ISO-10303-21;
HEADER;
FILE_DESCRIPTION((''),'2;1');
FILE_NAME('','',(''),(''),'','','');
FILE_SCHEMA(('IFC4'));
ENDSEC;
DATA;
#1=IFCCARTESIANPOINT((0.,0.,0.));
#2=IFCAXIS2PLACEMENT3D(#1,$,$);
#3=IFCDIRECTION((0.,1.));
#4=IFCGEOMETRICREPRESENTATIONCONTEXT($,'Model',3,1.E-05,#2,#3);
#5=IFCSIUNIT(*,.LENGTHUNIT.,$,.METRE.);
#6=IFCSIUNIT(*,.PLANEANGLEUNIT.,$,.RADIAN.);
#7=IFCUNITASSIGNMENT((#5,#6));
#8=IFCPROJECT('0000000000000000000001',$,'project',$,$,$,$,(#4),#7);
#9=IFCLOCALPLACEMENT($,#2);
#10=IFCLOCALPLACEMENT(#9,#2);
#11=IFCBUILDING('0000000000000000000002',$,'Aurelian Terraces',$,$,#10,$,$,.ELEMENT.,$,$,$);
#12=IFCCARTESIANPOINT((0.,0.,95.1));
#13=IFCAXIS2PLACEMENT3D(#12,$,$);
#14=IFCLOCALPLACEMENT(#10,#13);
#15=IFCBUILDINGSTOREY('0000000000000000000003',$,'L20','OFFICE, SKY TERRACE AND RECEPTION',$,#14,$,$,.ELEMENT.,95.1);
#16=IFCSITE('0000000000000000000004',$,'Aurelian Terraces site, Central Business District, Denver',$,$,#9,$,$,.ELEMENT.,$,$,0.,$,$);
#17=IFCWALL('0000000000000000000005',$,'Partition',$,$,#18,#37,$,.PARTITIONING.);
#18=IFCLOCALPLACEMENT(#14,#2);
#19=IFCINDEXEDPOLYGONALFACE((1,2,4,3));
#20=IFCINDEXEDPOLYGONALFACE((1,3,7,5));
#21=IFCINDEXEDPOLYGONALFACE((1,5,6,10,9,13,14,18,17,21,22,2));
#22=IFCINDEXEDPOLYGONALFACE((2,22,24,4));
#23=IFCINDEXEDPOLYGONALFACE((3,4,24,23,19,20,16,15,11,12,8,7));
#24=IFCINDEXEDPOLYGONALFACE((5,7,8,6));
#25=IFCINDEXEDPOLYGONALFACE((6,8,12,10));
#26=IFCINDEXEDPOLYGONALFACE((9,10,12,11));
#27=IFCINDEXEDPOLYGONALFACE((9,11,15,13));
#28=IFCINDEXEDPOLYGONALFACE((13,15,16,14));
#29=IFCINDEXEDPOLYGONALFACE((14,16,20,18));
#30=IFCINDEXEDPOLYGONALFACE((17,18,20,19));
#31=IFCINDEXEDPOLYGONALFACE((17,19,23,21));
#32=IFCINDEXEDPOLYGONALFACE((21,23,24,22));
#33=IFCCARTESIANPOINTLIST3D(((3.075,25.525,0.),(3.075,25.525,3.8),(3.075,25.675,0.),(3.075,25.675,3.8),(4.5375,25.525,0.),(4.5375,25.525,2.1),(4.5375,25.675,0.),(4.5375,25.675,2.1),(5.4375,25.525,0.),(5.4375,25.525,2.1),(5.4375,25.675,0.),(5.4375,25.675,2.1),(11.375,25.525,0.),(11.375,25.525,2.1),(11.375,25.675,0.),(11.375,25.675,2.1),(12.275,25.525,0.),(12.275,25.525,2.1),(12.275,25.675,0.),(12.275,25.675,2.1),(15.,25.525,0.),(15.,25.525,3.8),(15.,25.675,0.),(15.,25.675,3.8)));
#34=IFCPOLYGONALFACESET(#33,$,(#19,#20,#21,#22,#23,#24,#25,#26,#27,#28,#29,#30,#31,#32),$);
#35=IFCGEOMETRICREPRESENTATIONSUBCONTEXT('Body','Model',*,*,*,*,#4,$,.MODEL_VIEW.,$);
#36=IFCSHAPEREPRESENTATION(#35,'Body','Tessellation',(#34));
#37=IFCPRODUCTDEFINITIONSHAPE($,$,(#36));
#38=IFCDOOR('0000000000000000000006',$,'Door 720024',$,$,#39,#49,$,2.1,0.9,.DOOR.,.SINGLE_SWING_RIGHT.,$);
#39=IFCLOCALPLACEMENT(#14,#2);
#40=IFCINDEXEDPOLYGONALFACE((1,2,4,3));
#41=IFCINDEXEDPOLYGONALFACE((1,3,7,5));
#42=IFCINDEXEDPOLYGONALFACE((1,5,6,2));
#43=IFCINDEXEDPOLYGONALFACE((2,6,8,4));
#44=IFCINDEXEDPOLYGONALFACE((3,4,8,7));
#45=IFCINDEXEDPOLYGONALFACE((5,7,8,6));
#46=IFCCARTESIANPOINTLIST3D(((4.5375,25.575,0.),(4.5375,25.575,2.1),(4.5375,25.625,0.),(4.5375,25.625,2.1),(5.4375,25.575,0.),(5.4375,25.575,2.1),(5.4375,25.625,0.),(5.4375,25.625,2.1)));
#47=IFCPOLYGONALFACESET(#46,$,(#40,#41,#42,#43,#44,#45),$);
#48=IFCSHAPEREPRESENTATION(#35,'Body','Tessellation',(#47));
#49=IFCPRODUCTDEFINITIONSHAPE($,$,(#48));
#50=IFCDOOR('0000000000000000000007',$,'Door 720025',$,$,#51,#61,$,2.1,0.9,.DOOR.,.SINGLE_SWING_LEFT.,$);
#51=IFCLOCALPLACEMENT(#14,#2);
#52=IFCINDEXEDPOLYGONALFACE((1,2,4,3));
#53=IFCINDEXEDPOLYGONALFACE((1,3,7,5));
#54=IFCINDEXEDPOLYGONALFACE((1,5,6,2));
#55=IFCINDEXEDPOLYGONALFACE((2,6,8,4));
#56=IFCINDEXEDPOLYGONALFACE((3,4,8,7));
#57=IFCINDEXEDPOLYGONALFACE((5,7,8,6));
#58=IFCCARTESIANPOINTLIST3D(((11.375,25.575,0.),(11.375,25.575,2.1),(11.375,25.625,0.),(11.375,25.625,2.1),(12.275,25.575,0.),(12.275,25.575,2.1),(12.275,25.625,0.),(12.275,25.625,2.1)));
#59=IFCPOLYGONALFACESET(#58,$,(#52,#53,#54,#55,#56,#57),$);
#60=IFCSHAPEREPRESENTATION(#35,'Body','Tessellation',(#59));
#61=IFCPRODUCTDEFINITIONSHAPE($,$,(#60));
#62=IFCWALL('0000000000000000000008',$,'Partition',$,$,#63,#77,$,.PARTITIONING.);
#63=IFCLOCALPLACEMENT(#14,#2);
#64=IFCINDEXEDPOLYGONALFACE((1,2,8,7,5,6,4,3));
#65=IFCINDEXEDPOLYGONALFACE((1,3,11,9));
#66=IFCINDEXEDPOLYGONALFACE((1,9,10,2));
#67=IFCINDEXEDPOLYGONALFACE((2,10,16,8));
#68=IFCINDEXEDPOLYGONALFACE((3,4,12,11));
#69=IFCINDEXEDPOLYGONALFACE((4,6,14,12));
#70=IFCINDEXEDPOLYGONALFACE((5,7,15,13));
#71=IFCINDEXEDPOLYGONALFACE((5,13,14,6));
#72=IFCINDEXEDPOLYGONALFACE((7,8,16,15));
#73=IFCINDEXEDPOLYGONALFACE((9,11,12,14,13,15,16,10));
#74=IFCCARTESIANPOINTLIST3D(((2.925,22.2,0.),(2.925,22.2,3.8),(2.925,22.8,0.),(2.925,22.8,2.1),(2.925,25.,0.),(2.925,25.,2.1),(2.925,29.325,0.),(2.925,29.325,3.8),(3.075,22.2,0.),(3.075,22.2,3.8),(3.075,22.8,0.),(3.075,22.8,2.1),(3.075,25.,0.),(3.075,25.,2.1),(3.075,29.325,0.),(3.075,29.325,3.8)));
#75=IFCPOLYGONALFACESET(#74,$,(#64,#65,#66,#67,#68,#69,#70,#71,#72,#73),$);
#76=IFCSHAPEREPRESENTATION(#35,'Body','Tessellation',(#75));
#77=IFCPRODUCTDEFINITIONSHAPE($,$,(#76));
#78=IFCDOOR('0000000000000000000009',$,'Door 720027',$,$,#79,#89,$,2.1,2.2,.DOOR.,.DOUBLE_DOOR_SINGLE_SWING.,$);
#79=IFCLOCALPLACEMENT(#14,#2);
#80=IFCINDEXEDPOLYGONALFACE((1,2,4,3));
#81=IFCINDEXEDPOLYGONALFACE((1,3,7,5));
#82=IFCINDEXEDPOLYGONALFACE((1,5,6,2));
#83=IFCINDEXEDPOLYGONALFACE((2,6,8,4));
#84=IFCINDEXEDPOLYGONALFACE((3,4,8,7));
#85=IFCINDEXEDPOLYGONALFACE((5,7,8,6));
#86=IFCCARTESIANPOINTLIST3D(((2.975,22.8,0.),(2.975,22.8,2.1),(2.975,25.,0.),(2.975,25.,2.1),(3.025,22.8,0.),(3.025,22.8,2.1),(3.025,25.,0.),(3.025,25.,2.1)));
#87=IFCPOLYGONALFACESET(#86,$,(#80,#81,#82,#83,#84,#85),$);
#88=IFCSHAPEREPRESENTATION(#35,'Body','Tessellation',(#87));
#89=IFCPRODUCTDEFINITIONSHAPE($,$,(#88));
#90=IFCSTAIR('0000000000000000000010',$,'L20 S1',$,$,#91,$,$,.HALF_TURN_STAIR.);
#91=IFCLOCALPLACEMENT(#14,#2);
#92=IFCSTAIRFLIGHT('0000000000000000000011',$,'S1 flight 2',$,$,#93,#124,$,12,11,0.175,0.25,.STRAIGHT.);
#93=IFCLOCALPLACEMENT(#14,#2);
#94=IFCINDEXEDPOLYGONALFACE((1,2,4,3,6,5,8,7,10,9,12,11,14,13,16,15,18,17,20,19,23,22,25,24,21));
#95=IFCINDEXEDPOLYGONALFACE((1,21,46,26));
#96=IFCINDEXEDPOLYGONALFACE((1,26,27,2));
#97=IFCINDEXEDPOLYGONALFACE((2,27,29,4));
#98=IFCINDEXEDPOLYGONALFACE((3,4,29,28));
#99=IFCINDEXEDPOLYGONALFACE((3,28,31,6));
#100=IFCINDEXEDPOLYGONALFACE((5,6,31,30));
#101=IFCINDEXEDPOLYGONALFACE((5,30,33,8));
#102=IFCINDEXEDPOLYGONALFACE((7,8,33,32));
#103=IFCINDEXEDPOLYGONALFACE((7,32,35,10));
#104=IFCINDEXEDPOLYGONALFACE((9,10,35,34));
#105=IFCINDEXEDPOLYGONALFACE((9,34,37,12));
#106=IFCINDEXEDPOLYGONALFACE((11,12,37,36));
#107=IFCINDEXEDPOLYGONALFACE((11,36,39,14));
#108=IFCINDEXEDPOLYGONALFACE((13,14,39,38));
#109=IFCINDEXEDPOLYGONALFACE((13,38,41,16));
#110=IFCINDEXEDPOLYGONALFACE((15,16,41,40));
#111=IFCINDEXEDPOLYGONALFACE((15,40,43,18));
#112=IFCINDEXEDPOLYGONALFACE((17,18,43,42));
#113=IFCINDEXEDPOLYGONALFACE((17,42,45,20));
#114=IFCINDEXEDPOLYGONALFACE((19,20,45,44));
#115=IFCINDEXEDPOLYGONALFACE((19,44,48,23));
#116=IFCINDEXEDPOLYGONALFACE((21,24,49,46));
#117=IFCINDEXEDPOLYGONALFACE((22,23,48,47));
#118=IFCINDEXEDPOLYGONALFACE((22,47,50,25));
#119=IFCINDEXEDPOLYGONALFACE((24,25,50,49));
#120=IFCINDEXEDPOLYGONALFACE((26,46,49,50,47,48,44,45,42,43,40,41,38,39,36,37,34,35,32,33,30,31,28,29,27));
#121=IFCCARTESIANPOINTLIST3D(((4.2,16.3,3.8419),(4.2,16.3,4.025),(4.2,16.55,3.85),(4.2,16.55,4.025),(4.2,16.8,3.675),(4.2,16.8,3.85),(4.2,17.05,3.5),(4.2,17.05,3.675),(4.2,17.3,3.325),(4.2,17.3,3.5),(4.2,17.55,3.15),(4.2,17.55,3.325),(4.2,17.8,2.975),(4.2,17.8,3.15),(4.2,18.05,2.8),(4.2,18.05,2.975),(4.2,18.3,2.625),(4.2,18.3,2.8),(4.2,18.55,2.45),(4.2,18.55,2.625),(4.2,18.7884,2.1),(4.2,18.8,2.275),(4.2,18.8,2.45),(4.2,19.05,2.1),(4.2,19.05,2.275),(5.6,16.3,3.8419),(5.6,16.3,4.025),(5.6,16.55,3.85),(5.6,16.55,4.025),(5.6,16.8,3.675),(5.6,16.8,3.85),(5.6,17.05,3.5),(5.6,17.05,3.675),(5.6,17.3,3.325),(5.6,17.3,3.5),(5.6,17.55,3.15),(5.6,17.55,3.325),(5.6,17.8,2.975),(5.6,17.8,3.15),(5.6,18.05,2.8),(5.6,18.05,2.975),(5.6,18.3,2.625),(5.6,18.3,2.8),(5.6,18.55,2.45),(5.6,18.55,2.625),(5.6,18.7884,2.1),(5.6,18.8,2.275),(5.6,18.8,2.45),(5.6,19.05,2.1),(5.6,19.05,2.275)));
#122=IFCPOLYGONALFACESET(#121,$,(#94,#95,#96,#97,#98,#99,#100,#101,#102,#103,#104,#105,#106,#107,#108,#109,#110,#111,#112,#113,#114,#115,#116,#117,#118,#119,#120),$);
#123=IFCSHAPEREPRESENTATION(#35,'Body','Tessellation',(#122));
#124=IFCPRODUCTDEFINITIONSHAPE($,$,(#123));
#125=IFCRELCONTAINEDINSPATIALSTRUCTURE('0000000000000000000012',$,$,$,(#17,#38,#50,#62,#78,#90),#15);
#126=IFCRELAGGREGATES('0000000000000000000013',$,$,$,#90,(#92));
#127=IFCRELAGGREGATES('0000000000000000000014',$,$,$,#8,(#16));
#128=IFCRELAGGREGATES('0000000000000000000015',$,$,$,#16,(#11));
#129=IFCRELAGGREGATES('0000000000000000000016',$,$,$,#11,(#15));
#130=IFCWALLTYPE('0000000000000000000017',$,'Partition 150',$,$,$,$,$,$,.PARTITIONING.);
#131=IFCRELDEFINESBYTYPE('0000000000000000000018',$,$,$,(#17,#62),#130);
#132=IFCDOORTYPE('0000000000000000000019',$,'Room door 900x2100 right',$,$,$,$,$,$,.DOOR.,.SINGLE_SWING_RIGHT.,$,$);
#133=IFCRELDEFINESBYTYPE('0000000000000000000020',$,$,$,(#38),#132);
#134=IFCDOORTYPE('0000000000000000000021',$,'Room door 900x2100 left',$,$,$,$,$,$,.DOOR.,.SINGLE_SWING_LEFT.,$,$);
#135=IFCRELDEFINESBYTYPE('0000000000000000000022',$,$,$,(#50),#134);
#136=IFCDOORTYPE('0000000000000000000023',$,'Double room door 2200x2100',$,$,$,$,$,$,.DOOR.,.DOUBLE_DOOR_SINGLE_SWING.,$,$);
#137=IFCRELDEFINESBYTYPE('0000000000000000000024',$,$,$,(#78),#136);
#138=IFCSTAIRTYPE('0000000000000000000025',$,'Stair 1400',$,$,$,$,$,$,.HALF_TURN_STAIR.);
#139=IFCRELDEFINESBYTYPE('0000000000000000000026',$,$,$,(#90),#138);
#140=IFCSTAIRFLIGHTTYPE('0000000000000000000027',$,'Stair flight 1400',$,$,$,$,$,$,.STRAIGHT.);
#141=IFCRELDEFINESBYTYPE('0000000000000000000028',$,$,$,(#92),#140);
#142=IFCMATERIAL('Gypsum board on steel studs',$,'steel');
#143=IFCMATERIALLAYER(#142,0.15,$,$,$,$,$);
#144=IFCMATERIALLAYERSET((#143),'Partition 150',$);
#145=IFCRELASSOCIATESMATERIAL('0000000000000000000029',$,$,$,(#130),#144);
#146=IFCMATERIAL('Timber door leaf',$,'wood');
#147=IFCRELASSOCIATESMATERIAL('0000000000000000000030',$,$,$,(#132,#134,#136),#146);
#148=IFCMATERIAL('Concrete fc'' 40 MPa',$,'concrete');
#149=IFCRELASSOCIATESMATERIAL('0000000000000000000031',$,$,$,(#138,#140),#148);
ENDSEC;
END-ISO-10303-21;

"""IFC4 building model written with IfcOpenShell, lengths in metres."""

from ifc_helpers import new_model, si_unit, direction, frame, frame_2d, origin, place, context, subcontext, project, spatial, polyline, rectangle, outline, extrude, source, transform, mapped, material, layer, layer_set, type_object, element, fill, aggregate, save


model = new_model("IFC4")

# Units and contexts
model_context = context("Model", 3, precision=1e-05, world=origin(), true_north=direction((0.0, 1.0)))
body_context = subcontext(model_context, "Body", "Model", "MODEL_VIEW")
ifc_project = project(units=[si_unit("LENGTHUNIT", "METRE"), si_unit("PLANEANGLEUNIT", "RADIAN")], contexts=[model_context])

# Site, building, storey
site_placement = place(None, origin())
site = spatial("IfcSite", under=ifc_project, at=site_placement, Name="Aurelian Terraces site, Central Business District, Denver", CompositionType="ELEMENT", RefElevation=0.0)
building_placement = place(site_placement, origin())
building = spatial("IfcBuilding", under=site, at=building_placement, Name="Aurelian Terraces", CompositionType="ELEMENT")
storey_placement = place(building_placement, frame((0.0, 0.0, 95.1)))
storey = spatial("IfcBuildingStorey", under=building, at=storey_placement, Name="L20", Description="OFFICE, SKY TERRACE AND RECEPTION", CompositionType="ELEMENT", Elevation=95.1)

# Wall, openings, doors
ifc_material_1 = material(Name="Gypsum board on steel studs", Category="steel")
ifc_layer_1 = layer(ifc_material_1, 0.15)
ifc_layer_set_1 = layer_set([ifc_layer_1], Name="Partition 150")
wall_type_1 = type_object("IfcWallType", Name="Partition 150", PredefinedType="PARTITIONING", material=ifc_layer_set_1)
shared_shape_1 = source(origin(), body_context, "Body", "SweptSolid", [
    extrude(rectangle(XDim=11.925, YDim=0.15, at=frame_2d((5.9625, 0.0))), origin(), (0.0, 0.0, 1.0), 3.8),
])
wall_1_placement = place(storey_placement, frame((3.075, 25.6, 0.0), z_axis=(0.0, 0.0, 1.0), x_axis=(1.0, 0.0, 0.0)))
wall_1 = element("IfcWall", 1, at=wall_1_placement, inside=storey, type_object=wall_type_1, Name="Partition", PredefinedType="PARTITIONING", context=body_context, shape_type="MappedRepresentation", body=[
    mapped(shared_shape_1, transform((0.0, 0.0, 0.0), scale=1.0)),
])
shared_shape_2 = source(origin(), body_context, "Body", "SweptSolid", [
    extrude(rectangle(XDim=0.9, YDim=2.1, at=frame_2d((0.45, 1.05))), frame((0.0, 0.085, 0.0), z_axis=(0.0, -1.0, 0.0), x_axis=(1.0, 0.0, 0.0)), (0.0, 0.0, 1.0), 0.17),
])
opening_1_placement = place(wall_1_placement, frame((1.4625, 0.0, 0.0)))
opening_1 = element("IfcOpeningElement", 2, at=opening_1_placement, cuts=wall_1, PredefinedType="OPENING", context=body_context, shape_type="MappedRepresentation", body=[
    mapped(shared_shape_2, transform((0.0, 0.0, 0.0), scale=1.0)),
])
opening_2_placement = place(wall_1_placement, frame((8.3, 0.0, 0.0)))
opening_2 = element("IfcOpeningElement", 3, at=opening_2_placement, cuts=wall_1, PredefinedType="OPENING", context=body_context, shape_type="MappedRepresentation", body=[
    mapped(shared_shape_2, transform((0.0, 0.0, 0.0), scale=1.0)),
])
ifc_material_2 = material(Name="Timber door leaf", Category="wood")
door_type_1 = type_object("IfcDoorType", Name="Room door 900x2100 right", OperationType="SINGLE_SWING_RIGHT", PredefinedType="DOOR", material=ifc_material_2)
shared_shape_3 = source(origin(), body_context, "Body", "SweptSolid", [
    extrude(rectangle(XDim=0.9, YDim=2.1, at=frame_2d((0.45, 1.05))), frame((0.0, 0.025, 0.0), z_axis=(0.0, -1.0, 0.0), x_axis=(1.0, 0.0, 0.0)), (0.0, 0.0, 1.0), 0.05),
])
door_1_placement = place(opening_1_placement, origin())
door_1 = element("IfcDoor", 4, at=door_1_placement, inside=storey, type_object=door_type_1, Name="Door 720024", OperationType="SINGLE_SWING_RIGHT", OverallHeight=2.1, OverallWidth=0.9, PredefinedType="DOOR", context=body_context, shape_type="MappedRepresentation", body=[
    mapped(shared_shape_3, transform((0.0, 0.0, 0.0), scale=1.0)),
])
fill(opening_1, door_1)
door_type_2 = type_object("IfcDoorType", Name="Room door 900x2100 left", OperationType="SINGLE_SWING_LEFT", PredefinedType="DOOR", material=ifc_material_2)
door_2_placement = place(opening_2_placement, origin())
door_2 = element("IfcDoor", 5, at=door_2_placement, inside=storey, type_object=door_type_2, Name="Door 720025", OperationType="SINGLE_SWING_LEFT", OverallHeight=2.1, OverallWidth=0.9, PredefinedType="DOOR", context=body_context, shape_type="MappedRepresentation", body=[
    mapped(shared_shape_3, transform((0.0, 0.0, 0.0), scale=1.0)),
])
fill(opening_2, door_2)

# Wall, opening, door
shared_shape_4 = source(origin(), body_context, "Body", "SweptSolid", [
    extrude(rectangle(XDim=7.125, YDim=0.15, at=frame_2d((3.5625, 0.0))), origin(), (0.0, 0.0, 1.0), 3.8),
])
wall_2_placement = place(storey_placement, frame((3.0, 29.325, 0.0), z_axis=(0.0, 0.0, 1.0), x_axis=(0.0, -1.0, 0.0)))
wall_2 = element("IfcWall", 6, at=wall_2_placement, inside=storey, type_object=wall_type_1, Name="Partition", PredefinedType="PARTITIONING", context=body_context, shape_type="MappedRepresentation", body=[
    mapped(shared_shape_4, transform((0.0, 0.0, 0.0), scale=1.0)),
])
shared_shape_5 = source(origin(), body_context, "Body", "SweptSolid", [
    extrude(rectangle(XDim=2.2, YDim=2.1, at=frame_2d((1.1, 1.05))), frame((0.0, 0.085, 0.0), z_axis=(0.0, -1.0, 0.0), x_axis=(1.0, 0.0, 0.0)), (0.0, 0.0, 1.0), 0.17),
])
opening_3_placement = place(wall_2_placement, frame((4.325, 0.0, 0.0)))
opening_3 = element("IfcOpeningElement", 7, at=opening_3_placement, cuts=wall_2, PredefinedType="OPENING", context=body_context, shape_type="MappedRepresentation", body=[
    mapped(shared_shape_5, transform((0.0, 0.0, 0.0), scale=1.0)),
])
door_type_3 = type_object("IfcDoorType", Name="Double room door 2200x2100", OperationType="DOUBLE_DOOR_SINGLE_SWING", PredefinedType="DOOR", material=ifc_material_2)
shared_shape_6 = source(origin(), body_context, "Body", "SweptSolid", [
    extrude(rectangle(XDim=2.2, YDim=2.1, at=frame_2d((1.1, 1.05))), frame((0.0, 0.025, 0.0), z_axis=(0.0, -1.0, 0.0), x_axis=(1.0, 0.0, 0.0)), (0.0, 0.0, 1.0), 0.05),
])
door_3_placement = place(opening_3_placement, origin())
door_3 = element("IfcDoor", 8, at=door_3_placement, inside=storey, type_object=door_type_3, Name="Door 720027", OperationType="DOUBLE_DOOR_SINGLE_SWING", OverallHeight=2.1, OverallWidth=2.2, PredefinedType="DOOR", context=body_context, shape_type="MappedRepresentation", body=[
    mapped(shared_shape_6, transform((0.0, 0.0, 0.0), scale=1.0)),
])
fill(opening_3, door_3)

# Stair, stair flight
ifc_material_3 = material(Name="Concrete fc' 40 MPa", Category="concrete")
stair_type = type_object("IfcStairType", Name="Stair 1400", PredefinedType="HALF_TURN_STAIR", material=ifc_material_3)
stair_placement = place(storey_placement, origin())
stair = element("IfcStair", 9, at=stair_placement, inside=storey, type_object=stair_type, Name="L20 S1", PredefinedType="HALF_TURN_STAIR")
stair_flight_type = type_object("IfcStairFlightType", Name="Stair flight 1400", PredefinedType="STRAIGHT", material=ifc_material_3)
shared_shape_7 = source(origin(), body_context, "Body", "SweptSolid", [
    extrude(outline(polyline([(0.0, 0.0), (0.0, 0.175), (0.25, 0.175), (0.25, 0.35), (0.5, 0.35), (0.5, 0.525), (0.75, 0.525), (0.75, 0.7), (1.0, 0.7), (1.0, 0.875), (1.25, 0.875), (1.25, 1.05), (1.5, 1.05), (1.5, 1.225), (1.75, 1.225), (1.75, 1.4), (2.0, 1.4), (2.0, 1.575), (2.25, 1.575), (2.25, 1.75), (2.5, 1.75), (2.5, 1.925), (2.75, 1.925), (2.75, 2.1), (2.75, 1.7419), (0.2616, 0.0), (0.0, 0.0)])), frame((0.0, 0.7, 0.0), z_axis=(0.0, -1.0, 0.0), x_axis=(1.0, 0.0, 0.0)), (0.0, 0.0, 1.0), 1.4),
])
stair_flight_placement = place(storey_placement, frame((4.9, 19.05, 2.1), z_axis=(0.0, 0.0, 1.0), x_axis=(0.0, -1.0, 0.0)))
stair_flight = element("IfcStairFlight", 10, at=stair_flight_placement, type_object=stair_flight_type, Name="S1 flight 2", NumberOfRisers=12, NumberOfTreads=11, PredefinedType="STRAIGHT", RiserHeight=0.175, TreadLength=0.25, context=body_context, shape_type="MappedRepresentation", body=[
    mapped(shared_shape_7, transform((0.0, 0.0, 0.0), scale=1.0)),
])
aggregate(stair, [stair_flight])

save(model, "model.ifc")
